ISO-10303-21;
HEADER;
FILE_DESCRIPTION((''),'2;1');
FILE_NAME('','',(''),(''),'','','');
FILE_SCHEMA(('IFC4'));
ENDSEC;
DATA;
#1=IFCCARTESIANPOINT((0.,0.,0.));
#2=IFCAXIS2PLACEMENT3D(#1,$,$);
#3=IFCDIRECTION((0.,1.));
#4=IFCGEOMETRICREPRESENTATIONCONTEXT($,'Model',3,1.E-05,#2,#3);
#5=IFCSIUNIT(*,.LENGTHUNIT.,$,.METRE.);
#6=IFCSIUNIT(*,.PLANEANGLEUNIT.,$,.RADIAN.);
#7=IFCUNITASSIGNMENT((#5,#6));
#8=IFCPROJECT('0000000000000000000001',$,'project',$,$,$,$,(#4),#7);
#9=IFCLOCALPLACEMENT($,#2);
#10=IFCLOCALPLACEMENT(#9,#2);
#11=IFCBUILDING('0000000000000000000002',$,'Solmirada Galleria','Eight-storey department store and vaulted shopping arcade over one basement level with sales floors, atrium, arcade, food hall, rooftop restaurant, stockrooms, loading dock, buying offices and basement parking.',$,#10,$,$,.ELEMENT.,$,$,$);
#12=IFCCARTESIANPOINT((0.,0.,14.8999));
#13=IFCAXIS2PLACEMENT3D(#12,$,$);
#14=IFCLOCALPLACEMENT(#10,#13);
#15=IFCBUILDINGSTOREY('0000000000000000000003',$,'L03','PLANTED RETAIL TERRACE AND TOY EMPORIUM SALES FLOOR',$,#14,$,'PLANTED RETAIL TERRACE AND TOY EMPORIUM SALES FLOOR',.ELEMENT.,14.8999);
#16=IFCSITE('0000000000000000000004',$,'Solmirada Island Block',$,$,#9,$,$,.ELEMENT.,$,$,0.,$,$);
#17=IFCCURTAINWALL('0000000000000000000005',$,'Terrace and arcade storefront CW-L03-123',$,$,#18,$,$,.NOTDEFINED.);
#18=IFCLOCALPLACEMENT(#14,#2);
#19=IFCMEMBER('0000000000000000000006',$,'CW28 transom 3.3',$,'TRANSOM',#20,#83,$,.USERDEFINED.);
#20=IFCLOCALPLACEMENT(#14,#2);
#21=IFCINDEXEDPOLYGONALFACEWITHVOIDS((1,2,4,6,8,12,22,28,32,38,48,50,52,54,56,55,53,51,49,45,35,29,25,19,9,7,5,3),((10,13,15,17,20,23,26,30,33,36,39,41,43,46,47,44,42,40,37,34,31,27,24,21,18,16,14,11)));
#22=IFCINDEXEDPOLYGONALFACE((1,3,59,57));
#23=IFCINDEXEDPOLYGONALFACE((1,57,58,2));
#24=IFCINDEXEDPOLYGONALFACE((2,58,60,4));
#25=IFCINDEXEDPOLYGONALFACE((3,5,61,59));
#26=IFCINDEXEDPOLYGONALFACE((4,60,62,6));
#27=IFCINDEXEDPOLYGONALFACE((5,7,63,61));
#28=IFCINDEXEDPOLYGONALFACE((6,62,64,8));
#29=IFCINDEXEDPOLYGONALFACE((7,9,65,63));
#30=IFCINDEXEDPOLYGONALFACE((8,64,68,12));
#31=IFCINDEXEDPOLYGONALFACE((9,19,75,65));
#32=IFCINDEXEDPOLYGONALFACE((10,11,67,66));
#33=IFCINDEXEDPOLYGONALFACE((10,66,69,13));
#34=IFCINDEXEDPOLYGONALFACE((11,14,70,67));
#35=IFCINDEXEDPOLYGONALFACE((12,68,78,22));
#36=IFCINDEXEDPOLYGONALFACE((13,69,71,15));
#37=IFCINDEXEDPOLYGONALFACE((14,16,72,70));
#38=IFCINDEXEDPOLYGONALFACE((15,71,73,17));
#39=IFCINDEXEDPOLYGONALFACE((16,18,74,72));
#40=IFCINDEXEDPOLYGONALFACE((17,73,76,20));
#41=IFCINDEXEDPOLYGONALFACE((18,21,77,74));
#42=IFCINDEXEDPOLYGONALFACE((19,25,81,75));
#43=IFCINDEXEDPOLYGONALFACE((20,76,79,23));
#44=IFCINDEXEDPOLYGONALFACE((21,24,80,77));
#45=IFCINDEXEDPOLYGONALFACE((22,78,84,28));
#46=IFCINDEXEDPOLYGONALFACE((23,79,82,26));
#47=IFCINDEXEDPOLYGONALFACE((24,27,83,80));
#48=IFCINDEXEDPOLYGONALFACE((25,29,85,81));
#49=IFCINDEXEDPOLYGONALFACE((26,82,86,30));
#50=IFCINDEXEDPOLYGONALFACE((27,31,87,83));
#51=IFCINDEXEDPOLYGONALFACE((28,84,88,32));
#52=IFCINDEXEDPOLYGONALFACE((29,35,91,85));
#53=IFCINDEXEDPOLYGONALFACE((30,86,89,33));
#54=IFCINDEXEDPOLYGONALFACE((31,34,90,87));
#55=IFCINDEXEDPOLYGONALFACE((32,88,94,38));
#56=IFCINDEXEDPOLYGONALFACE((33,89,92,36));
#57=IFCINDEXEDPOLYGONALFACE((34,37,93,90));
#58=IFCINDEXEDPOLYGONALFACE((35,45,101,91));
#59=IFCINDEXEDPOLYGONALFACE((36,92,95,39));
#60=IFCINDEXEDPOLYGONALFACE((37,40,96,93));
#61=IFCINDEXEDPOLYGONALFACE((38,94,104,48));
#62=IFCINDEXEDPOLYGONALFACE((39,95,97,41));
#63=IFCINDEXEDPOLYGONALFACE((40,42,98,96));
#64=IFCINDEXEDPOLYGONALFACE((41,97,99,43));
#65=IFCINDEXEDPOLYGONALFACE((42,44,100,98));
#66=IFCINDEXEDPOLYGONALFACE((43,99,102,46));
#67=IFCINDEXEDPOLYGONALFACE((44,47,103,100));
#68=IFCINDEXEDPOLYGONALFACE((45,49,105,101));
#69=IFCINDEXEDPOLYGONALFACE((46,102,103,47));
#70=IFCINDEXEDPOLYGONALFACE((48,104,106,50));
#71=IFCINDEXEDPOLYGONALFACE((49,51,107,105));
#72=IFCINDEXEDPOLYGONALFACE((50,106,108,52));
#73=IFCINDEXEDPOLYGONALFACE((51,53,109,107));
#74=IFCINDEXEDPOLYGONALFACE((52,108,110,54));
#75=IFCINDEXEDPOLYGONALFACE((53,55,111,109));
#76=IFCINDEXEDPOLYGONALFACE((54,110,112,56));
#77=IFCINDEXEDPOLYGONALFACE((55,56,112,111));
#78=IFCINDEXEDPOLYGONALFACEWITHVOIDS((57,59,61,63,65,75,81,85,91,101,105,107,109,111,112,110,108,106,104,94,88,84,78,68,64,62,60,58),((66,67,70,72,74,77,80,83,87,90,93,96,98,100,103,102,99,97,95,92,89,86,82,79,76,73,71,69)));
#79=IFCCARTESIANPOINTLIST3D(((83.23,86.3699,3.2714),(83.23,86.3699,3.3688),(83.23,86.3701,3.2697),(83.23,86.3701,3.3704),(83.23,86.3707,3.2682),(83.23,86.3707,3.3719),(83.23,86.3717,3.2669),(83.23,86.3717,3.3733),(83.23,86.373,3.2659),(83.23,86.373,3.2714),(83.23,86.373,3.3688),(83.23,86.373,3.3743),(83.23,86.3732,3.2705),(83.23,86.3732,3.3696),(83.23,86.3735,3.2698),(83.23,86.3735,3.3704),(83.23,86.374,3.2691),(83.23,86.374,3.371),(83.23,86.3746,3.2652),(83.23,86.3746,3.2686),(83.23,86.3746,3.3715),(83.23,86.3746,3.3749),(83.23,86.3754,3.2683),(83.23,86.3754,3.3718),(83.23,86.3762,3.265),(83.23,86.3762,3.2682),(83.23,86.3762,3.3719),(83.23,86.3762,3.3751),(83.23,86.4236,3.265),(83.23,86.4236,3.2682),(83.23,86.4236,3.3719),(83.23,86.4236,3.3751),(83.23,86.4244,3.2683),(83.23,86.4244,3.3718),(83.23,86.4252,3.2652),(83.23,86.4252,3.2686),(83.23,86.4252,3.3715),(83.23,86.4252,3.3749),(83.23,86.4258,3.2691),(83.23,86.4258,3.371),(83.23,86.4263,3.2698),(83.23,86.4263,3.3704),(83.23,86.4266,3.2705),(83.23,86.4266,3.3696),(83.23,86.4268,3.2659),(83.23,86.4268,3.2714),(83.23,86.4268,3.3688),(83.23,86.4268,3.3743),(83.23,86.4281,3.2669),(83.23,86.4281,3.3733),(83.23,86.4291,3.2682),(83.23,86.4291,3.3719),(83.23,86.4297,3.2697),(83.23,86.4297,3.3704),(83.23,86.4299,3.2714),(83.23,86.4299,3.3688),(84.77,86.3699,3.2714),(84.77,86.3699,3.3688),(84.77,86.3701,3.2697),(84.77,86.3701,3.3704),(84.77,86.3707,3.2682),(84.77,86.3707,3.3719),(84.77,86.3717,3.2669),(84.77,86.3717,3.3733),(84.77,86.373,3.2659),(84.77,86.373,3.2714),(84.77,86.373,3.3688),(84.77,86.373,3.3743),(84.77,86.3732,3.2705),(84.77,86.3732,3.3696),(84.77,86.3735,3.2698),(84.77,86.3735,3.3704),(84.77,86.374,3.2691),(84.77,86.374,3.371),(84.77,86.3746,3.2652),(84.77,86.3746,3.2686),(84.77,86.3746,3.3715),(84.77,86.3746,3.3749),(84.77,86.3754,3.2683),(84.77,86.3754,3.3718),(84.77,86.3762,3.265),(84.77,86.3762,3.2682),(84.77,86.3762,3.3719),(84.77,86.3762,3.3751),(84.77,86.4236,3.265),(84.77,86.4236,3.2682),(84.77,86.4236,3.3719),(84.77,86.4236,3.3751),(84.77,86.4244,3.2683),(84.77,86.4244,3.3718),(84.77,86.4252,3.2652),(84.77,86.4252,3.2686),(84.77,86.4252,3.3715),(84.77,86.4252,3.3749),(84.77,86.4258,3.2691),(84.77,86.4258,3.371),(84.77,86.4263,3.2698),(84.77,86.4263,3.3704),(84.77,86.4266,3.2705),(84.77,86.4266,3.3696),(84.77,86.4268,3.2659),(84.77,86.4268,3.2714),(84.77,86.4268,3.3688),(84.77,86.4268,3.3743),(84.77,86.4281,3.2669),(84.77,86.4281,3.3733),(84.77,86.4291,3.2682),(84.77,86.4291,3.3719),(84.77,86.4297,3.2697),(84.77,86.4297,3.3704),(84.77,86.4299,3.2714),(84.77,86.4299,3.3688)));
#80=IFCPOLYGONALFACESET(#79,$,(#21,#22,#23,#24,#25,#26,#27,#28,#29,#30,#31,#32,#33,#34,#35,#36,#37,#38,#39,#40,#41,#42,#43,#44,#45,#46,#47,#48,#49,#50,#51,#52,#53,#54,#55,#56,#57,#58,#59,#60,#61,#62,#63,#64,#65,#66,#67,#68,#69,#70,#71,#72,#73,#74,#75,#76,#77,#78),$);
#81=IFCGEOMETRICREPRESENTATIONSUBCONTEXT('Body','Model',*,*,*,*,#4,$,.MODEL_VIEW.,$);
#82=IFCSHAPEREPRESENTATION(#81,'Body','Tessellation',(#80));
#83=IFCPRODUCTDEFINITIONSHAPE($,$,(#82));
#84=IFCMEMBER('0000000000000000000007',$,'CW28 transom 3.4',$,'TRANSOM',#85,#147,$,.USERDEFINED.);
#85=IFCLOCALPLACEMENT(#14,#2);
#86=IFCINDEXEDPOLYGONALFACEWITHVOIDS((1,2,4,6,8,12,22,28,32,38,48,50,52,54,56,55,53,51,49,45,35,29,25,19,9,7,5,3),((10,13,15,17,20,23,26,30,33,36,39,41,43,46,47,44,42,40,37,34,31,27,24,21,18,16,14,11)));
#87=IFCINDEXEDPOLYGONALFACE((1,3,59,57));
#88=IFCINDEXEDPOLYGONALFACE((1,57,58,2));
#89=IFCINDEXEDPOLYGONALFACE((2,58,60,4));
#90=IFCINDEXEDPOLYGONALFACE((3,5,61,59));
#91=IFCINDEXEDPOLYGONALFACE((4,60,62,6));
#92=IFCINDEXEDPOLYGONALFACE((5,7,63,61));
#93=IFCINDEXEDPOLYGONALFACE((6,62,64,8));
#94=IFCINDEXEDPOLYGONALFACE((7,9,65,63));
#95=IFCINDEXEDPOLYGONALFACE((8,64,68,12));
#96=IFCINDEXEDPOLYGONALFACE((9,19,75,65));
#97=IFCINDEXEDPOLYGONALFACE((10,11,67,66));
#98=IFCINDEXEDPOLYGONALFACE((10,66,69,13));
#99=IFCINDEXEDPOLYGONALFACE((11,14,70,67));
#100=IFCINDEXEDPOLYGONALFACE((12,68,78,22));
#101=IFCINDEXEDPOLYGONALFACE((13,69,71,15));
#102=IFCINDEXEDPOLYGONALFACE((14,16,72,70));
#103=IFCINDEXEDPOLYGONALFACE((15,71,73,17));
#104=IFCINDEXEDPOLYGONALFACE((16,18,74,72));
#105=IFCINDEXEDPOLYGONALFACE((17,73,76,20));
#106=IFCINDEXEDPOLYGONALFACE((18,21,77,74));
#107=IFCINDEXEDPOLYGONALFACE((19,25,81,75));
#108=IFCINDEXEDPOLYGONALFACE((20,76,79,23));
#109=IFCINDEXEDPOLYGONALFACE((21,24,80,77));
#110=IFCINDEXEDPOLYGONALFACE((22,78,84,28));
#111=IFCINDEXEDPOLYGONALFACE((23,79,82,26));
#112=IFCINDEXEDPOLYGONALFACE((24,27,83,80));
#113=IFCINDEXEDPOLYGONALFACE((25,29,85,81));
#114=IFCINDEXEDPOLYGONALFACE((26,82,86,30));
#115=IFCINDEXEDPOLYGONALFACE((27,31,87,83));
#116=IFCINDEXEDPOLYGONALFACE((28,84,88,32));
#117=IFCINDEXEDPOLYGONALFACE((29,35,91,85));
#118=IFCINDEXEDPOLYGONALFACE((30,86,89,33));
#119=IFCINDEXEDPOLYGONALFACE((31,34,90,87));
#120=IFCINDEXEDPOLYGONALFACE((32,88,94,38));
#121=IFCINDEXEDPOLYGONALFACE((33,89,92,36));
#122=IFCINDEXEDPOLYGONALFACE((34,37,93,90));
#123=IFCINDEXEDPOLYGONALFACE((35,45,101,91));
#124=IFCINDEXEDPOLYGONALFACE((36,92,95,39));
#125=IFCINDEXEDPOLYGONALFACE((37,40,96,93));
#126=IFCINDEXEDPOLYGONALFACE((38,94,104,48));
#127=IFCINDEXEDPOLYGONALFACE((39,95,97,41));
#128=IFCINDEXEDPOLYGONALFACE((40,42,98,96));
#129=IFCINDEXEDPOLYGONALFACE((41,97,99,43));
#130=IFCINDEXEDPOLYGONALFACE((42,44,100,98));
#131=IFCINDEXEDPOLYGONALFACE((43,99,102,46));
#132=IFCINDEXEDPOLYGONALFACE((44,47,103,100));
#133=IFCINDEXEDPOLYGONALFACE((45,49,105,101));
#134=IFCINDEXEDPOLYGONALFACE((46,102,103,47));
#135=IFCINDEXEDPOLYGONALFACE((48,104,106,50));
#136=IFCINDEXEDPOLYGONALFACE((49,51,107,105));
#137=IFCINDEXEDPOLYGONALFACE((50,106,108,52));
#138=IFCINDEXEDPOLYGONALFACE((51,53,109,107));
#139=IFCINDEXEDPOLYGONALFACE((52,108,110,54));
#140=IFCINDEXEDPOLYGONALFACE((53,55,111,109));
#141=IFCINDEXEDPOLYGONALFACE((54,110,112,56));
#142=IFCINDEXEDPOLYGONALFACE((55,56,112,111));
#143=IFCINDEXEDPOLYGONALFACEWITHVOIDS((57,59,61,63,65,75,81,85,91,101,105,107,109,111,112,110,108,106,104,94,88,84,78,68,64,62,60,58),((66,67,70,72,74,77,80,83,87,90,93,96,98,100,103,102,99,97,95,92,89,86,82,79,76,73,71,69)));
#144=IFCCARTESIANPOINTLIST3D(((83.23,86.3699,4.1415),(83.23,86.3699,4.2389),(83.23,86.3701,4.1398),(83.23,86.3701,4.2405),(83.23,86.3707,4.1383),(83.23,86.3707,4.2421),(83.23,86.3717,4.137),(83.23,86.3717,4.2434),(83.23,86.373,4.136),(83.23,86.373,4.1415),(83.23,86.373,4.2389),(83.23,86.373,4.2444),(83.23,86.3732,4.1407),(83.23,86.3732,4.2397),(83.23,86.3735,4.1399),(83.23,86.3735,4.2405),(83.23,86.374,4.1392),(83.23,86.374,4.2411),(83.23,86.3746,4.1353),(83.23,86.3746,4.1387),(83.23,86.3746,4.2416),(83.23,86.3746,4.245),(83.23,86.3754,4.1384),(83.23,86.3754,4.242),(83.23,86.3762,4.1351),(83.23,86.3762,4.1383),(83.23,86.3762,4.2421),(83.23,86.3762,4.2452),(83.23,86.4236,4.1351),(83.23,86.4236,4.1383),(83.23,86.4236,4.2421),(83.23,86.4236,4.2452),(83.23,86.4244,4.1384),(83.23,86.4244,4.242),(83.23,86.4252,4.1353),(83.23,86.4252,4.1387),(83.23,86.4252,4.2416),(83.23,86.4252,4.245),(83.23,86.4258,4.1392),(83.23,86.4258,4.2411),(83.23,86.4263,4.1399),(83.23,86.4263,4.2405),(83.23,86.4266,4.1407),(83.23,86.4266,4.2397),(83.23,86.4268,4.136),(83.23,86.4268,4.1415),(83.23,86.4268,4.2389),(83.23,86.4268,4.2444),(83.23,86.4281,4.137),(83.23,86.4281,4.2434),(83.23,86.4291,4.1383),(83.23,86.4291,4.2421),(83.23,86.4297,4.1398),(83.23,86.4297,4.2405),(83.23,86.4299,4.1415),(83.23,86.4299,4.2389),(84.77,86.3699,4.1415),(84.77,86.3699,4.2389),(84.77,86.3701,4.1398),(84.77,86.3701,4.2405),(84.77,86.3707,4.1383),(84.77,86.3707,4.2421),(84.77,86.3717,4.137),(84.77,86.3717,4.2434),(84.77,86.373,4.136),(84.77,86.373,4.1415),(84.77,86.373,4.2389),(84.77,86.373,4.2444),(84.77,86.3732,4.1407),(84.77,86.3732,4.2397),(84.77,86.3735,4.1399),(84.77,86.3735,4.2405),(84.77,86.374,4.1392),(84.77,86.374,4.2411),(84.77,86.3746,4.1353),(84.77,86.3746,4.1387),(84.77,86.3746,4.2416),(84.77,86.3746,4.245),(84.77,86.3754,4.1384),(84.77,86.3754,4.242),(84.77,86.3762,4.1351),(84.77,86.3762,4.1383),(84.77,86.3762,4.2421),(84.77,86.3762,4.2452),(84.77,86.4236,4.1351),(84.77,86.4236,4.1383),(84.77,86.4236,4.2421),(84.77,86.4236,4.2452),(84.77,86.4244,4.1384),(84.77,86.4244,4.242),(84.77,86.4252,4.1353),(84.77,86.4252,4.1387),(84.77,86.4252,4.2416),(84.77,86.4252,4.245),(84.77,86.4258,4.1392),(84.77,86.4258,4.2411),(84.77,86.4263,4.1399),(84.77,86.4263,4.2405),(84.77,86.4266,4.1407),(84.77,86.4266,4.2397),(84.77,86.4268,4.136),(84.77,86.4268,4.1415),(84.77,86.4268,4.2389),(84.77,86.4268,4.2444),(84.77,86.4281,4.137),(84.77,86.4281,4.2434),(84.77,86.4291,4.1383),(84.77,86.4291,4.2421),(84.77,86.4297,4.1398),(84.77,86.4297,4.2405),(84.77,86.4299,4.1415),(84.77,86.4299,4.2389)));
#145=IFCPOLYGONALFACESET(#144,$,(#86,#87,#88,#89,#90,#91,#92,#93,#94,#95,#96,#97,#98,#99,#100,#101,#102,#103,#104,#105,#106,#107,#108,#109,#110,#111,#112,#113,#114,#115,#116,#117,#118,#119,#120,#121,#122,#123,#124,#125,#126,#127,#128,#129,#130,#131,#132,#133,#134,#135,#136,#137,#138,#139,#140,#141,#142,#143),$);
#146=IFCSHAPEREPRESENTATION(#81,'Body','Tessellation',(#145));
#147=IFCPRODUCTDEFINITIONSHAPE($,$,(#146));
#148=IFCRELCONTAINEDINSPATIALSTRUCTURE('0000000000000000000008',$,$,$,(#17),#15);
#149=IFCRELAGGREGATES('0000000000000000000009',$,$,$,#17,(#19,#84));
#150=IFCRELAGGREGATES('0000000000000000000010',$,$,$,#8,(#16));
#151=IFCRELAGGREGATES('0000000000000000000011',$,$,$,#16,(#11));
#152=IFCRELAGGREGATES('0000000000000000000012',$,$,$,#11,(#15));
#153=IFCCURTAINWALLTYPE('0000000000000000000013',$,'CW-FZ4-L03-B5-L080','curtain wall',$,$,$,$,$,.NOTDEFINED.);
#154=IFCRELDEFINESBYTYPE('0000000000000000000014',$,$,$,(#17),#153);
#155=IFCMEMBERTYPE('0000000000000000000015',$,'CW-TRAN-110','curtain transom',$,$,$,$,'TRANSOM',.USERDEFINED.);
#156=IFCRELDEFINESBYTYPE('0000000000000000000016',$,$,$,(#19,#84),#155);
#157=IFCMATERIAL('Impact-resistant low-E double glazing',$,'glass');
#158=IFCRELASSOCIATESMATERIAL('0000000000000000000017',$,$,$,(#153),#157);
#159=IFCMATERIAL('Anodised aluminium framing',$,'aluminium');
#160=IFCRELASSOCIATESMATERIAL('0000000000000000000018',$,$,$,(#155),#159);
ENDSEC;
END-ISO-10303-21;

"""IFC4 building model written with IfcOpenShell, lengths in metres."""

from ifc_helpers import new_model, si_unit, direction, frame, origin, origin_2d, place, context, subcontext, project, spatial, hollow_rectangle, extrude, material, material_profile, profile_set, type_object, element, aggregate, save


model = new_model("IFC4")

# Units and contexts
model_context = context("Model", 3, precision=1e-05, world=origin(), true_north=direction((0.0, 1.0)))
body_context = subcontext(model_context, "Body", "Model", "MODEL_VIEW")
ifc_project = project(units=[si_unit("LENGTHUNIT", "METRE"), si_unit("PLANEANGLEUNIT", "RADIAN")], contexts=[model_context])

# Site, building, storey
site_placement = place(None, origin())
site = spatial("IfcSite", under=ifc_project, at=site_placement, Name="Solmirada Island Block", CompositionType="ELEMENT", RefElevation=0.0)
building_placement = place(site_placement, origin())
building = spatial("IfcBuilding", under=site, at=building_placement, Name="Solmirada Galleria", Description="Eight-storey department store and vaulted shopping arcade over one basement level with sales floors, atrium, arcade, food hall, rooftop restaurant, stockrooms, loading dock, buying offices and basement parking.", CompositionType="ELEMENT")
storey_placement = place(building_placement, frame((0.0, 0.0, 14.8999)))
storey = spatial("IfcBuildingStorey", under=building, at=storey_placement, Name="L03", Description="PLANTED RETAIL TERRACE AND TOY EMPORIUM SALES FLOOR", LongName="PLANTED RETAIL TERRACE AND TOY EMPORIUM SALES FLOOR", CompositionType="ELEMENT", Elevation=14.8999)

# Curtain wall, members
ifc_material_1 = material(Name="Impact-resistant low-E double glazing", Category="glass")
curtain_wall_type = type_object("IfcCurtainWallType", Name="CW-FZ4-L03-B5-L080", Description="curtain wall", PredefinedType="NOTDEFINED", material=ifc_material_1)
curtain_wall_placement = place(storey_placement, origin())
curtain_wall = element("IfcCurtainWall", 1, at=curtain_wall_placement, inside=storey, type_object=curtain_wall_type, Name="Terrace and arcade storefront CW-L03-123", PredefinedType="NOTDEFINED")
ifc_material_2 = material(Name="Anodised aluminium framing", Category="aluminium")
ifc_material_profile_1 = material_profile(ifc_material_2, hollow_rectangle(XDim=0.0601, YDim=0.1101, WallThickness=0.0032, InnerFilletRadius=0.0032, OuterFilletRadius=0.0063, at=origin_2d()), Name="ALU-TRAN-110X60")
ifc_profile_set_1 = profile_set([ifc_material_profile_1], Name="Anodised aluminium framing")
member_type_1 = type_object("IfcMemberType", Name="CW-TRAN-110", Description="curtain transom", ElementType="TRANSOM", PredefinedType="USERDEFINED", material=ifc_profile_set_1)
member_1_placement = place(storey_placement, frame((84.77, 86.3999, 3.3201), z_axis=(-1.0, 0.0, 0.0), x_axis=(0.0, -1.0, 0.0)))
member_1 = element("IfcMember", 2, at=member_1_placement, type_object=member_type_1, Name="CW28 transom 3.3", ObjectType="TRANSOM", PredefinedType="USERDEFINED", context=body_context, shape_type="SweptSolid", body=[
    extrude(hollow_rectangle(XDim=0.0601, YDim=0.1101, WallThickness=0.0032, InnerFilletRadius=0.0032, OuterFilletRadius=0.0063, at=origin_2d()), origin(), (0.0, 0.0, 1.0), 1.54),
])
member_2_placement = place(storey_placement, frame((84.77, 86.3999, 4.1902), z_axis=(-1.0, 0.0, 0.0), x_axis=(0.0, -1.0, 0.0)))
member_2 = element("IfcMember", 3, at=member_2_placement, type_object=member_type_1, Name="CW28 transom 3.4", ObjectType="TRANSOM", PredefinedType="USERDEFINED", context=body_context, shape_type="SweptSolid", body=[
    extrude(hollow_rectangle(XDim=0.0601, YDim=0.1101, WallThickness=0.0032, InnerFilletRadius=0.0032, OuterFilletRadius=0.0063, at=origin_2d()), origin(), (0.0, 0.0, 1.0), 1.54),
])
aggregate(curtain_wall, [member_1, member_2])

save(model, "model.ifc")
